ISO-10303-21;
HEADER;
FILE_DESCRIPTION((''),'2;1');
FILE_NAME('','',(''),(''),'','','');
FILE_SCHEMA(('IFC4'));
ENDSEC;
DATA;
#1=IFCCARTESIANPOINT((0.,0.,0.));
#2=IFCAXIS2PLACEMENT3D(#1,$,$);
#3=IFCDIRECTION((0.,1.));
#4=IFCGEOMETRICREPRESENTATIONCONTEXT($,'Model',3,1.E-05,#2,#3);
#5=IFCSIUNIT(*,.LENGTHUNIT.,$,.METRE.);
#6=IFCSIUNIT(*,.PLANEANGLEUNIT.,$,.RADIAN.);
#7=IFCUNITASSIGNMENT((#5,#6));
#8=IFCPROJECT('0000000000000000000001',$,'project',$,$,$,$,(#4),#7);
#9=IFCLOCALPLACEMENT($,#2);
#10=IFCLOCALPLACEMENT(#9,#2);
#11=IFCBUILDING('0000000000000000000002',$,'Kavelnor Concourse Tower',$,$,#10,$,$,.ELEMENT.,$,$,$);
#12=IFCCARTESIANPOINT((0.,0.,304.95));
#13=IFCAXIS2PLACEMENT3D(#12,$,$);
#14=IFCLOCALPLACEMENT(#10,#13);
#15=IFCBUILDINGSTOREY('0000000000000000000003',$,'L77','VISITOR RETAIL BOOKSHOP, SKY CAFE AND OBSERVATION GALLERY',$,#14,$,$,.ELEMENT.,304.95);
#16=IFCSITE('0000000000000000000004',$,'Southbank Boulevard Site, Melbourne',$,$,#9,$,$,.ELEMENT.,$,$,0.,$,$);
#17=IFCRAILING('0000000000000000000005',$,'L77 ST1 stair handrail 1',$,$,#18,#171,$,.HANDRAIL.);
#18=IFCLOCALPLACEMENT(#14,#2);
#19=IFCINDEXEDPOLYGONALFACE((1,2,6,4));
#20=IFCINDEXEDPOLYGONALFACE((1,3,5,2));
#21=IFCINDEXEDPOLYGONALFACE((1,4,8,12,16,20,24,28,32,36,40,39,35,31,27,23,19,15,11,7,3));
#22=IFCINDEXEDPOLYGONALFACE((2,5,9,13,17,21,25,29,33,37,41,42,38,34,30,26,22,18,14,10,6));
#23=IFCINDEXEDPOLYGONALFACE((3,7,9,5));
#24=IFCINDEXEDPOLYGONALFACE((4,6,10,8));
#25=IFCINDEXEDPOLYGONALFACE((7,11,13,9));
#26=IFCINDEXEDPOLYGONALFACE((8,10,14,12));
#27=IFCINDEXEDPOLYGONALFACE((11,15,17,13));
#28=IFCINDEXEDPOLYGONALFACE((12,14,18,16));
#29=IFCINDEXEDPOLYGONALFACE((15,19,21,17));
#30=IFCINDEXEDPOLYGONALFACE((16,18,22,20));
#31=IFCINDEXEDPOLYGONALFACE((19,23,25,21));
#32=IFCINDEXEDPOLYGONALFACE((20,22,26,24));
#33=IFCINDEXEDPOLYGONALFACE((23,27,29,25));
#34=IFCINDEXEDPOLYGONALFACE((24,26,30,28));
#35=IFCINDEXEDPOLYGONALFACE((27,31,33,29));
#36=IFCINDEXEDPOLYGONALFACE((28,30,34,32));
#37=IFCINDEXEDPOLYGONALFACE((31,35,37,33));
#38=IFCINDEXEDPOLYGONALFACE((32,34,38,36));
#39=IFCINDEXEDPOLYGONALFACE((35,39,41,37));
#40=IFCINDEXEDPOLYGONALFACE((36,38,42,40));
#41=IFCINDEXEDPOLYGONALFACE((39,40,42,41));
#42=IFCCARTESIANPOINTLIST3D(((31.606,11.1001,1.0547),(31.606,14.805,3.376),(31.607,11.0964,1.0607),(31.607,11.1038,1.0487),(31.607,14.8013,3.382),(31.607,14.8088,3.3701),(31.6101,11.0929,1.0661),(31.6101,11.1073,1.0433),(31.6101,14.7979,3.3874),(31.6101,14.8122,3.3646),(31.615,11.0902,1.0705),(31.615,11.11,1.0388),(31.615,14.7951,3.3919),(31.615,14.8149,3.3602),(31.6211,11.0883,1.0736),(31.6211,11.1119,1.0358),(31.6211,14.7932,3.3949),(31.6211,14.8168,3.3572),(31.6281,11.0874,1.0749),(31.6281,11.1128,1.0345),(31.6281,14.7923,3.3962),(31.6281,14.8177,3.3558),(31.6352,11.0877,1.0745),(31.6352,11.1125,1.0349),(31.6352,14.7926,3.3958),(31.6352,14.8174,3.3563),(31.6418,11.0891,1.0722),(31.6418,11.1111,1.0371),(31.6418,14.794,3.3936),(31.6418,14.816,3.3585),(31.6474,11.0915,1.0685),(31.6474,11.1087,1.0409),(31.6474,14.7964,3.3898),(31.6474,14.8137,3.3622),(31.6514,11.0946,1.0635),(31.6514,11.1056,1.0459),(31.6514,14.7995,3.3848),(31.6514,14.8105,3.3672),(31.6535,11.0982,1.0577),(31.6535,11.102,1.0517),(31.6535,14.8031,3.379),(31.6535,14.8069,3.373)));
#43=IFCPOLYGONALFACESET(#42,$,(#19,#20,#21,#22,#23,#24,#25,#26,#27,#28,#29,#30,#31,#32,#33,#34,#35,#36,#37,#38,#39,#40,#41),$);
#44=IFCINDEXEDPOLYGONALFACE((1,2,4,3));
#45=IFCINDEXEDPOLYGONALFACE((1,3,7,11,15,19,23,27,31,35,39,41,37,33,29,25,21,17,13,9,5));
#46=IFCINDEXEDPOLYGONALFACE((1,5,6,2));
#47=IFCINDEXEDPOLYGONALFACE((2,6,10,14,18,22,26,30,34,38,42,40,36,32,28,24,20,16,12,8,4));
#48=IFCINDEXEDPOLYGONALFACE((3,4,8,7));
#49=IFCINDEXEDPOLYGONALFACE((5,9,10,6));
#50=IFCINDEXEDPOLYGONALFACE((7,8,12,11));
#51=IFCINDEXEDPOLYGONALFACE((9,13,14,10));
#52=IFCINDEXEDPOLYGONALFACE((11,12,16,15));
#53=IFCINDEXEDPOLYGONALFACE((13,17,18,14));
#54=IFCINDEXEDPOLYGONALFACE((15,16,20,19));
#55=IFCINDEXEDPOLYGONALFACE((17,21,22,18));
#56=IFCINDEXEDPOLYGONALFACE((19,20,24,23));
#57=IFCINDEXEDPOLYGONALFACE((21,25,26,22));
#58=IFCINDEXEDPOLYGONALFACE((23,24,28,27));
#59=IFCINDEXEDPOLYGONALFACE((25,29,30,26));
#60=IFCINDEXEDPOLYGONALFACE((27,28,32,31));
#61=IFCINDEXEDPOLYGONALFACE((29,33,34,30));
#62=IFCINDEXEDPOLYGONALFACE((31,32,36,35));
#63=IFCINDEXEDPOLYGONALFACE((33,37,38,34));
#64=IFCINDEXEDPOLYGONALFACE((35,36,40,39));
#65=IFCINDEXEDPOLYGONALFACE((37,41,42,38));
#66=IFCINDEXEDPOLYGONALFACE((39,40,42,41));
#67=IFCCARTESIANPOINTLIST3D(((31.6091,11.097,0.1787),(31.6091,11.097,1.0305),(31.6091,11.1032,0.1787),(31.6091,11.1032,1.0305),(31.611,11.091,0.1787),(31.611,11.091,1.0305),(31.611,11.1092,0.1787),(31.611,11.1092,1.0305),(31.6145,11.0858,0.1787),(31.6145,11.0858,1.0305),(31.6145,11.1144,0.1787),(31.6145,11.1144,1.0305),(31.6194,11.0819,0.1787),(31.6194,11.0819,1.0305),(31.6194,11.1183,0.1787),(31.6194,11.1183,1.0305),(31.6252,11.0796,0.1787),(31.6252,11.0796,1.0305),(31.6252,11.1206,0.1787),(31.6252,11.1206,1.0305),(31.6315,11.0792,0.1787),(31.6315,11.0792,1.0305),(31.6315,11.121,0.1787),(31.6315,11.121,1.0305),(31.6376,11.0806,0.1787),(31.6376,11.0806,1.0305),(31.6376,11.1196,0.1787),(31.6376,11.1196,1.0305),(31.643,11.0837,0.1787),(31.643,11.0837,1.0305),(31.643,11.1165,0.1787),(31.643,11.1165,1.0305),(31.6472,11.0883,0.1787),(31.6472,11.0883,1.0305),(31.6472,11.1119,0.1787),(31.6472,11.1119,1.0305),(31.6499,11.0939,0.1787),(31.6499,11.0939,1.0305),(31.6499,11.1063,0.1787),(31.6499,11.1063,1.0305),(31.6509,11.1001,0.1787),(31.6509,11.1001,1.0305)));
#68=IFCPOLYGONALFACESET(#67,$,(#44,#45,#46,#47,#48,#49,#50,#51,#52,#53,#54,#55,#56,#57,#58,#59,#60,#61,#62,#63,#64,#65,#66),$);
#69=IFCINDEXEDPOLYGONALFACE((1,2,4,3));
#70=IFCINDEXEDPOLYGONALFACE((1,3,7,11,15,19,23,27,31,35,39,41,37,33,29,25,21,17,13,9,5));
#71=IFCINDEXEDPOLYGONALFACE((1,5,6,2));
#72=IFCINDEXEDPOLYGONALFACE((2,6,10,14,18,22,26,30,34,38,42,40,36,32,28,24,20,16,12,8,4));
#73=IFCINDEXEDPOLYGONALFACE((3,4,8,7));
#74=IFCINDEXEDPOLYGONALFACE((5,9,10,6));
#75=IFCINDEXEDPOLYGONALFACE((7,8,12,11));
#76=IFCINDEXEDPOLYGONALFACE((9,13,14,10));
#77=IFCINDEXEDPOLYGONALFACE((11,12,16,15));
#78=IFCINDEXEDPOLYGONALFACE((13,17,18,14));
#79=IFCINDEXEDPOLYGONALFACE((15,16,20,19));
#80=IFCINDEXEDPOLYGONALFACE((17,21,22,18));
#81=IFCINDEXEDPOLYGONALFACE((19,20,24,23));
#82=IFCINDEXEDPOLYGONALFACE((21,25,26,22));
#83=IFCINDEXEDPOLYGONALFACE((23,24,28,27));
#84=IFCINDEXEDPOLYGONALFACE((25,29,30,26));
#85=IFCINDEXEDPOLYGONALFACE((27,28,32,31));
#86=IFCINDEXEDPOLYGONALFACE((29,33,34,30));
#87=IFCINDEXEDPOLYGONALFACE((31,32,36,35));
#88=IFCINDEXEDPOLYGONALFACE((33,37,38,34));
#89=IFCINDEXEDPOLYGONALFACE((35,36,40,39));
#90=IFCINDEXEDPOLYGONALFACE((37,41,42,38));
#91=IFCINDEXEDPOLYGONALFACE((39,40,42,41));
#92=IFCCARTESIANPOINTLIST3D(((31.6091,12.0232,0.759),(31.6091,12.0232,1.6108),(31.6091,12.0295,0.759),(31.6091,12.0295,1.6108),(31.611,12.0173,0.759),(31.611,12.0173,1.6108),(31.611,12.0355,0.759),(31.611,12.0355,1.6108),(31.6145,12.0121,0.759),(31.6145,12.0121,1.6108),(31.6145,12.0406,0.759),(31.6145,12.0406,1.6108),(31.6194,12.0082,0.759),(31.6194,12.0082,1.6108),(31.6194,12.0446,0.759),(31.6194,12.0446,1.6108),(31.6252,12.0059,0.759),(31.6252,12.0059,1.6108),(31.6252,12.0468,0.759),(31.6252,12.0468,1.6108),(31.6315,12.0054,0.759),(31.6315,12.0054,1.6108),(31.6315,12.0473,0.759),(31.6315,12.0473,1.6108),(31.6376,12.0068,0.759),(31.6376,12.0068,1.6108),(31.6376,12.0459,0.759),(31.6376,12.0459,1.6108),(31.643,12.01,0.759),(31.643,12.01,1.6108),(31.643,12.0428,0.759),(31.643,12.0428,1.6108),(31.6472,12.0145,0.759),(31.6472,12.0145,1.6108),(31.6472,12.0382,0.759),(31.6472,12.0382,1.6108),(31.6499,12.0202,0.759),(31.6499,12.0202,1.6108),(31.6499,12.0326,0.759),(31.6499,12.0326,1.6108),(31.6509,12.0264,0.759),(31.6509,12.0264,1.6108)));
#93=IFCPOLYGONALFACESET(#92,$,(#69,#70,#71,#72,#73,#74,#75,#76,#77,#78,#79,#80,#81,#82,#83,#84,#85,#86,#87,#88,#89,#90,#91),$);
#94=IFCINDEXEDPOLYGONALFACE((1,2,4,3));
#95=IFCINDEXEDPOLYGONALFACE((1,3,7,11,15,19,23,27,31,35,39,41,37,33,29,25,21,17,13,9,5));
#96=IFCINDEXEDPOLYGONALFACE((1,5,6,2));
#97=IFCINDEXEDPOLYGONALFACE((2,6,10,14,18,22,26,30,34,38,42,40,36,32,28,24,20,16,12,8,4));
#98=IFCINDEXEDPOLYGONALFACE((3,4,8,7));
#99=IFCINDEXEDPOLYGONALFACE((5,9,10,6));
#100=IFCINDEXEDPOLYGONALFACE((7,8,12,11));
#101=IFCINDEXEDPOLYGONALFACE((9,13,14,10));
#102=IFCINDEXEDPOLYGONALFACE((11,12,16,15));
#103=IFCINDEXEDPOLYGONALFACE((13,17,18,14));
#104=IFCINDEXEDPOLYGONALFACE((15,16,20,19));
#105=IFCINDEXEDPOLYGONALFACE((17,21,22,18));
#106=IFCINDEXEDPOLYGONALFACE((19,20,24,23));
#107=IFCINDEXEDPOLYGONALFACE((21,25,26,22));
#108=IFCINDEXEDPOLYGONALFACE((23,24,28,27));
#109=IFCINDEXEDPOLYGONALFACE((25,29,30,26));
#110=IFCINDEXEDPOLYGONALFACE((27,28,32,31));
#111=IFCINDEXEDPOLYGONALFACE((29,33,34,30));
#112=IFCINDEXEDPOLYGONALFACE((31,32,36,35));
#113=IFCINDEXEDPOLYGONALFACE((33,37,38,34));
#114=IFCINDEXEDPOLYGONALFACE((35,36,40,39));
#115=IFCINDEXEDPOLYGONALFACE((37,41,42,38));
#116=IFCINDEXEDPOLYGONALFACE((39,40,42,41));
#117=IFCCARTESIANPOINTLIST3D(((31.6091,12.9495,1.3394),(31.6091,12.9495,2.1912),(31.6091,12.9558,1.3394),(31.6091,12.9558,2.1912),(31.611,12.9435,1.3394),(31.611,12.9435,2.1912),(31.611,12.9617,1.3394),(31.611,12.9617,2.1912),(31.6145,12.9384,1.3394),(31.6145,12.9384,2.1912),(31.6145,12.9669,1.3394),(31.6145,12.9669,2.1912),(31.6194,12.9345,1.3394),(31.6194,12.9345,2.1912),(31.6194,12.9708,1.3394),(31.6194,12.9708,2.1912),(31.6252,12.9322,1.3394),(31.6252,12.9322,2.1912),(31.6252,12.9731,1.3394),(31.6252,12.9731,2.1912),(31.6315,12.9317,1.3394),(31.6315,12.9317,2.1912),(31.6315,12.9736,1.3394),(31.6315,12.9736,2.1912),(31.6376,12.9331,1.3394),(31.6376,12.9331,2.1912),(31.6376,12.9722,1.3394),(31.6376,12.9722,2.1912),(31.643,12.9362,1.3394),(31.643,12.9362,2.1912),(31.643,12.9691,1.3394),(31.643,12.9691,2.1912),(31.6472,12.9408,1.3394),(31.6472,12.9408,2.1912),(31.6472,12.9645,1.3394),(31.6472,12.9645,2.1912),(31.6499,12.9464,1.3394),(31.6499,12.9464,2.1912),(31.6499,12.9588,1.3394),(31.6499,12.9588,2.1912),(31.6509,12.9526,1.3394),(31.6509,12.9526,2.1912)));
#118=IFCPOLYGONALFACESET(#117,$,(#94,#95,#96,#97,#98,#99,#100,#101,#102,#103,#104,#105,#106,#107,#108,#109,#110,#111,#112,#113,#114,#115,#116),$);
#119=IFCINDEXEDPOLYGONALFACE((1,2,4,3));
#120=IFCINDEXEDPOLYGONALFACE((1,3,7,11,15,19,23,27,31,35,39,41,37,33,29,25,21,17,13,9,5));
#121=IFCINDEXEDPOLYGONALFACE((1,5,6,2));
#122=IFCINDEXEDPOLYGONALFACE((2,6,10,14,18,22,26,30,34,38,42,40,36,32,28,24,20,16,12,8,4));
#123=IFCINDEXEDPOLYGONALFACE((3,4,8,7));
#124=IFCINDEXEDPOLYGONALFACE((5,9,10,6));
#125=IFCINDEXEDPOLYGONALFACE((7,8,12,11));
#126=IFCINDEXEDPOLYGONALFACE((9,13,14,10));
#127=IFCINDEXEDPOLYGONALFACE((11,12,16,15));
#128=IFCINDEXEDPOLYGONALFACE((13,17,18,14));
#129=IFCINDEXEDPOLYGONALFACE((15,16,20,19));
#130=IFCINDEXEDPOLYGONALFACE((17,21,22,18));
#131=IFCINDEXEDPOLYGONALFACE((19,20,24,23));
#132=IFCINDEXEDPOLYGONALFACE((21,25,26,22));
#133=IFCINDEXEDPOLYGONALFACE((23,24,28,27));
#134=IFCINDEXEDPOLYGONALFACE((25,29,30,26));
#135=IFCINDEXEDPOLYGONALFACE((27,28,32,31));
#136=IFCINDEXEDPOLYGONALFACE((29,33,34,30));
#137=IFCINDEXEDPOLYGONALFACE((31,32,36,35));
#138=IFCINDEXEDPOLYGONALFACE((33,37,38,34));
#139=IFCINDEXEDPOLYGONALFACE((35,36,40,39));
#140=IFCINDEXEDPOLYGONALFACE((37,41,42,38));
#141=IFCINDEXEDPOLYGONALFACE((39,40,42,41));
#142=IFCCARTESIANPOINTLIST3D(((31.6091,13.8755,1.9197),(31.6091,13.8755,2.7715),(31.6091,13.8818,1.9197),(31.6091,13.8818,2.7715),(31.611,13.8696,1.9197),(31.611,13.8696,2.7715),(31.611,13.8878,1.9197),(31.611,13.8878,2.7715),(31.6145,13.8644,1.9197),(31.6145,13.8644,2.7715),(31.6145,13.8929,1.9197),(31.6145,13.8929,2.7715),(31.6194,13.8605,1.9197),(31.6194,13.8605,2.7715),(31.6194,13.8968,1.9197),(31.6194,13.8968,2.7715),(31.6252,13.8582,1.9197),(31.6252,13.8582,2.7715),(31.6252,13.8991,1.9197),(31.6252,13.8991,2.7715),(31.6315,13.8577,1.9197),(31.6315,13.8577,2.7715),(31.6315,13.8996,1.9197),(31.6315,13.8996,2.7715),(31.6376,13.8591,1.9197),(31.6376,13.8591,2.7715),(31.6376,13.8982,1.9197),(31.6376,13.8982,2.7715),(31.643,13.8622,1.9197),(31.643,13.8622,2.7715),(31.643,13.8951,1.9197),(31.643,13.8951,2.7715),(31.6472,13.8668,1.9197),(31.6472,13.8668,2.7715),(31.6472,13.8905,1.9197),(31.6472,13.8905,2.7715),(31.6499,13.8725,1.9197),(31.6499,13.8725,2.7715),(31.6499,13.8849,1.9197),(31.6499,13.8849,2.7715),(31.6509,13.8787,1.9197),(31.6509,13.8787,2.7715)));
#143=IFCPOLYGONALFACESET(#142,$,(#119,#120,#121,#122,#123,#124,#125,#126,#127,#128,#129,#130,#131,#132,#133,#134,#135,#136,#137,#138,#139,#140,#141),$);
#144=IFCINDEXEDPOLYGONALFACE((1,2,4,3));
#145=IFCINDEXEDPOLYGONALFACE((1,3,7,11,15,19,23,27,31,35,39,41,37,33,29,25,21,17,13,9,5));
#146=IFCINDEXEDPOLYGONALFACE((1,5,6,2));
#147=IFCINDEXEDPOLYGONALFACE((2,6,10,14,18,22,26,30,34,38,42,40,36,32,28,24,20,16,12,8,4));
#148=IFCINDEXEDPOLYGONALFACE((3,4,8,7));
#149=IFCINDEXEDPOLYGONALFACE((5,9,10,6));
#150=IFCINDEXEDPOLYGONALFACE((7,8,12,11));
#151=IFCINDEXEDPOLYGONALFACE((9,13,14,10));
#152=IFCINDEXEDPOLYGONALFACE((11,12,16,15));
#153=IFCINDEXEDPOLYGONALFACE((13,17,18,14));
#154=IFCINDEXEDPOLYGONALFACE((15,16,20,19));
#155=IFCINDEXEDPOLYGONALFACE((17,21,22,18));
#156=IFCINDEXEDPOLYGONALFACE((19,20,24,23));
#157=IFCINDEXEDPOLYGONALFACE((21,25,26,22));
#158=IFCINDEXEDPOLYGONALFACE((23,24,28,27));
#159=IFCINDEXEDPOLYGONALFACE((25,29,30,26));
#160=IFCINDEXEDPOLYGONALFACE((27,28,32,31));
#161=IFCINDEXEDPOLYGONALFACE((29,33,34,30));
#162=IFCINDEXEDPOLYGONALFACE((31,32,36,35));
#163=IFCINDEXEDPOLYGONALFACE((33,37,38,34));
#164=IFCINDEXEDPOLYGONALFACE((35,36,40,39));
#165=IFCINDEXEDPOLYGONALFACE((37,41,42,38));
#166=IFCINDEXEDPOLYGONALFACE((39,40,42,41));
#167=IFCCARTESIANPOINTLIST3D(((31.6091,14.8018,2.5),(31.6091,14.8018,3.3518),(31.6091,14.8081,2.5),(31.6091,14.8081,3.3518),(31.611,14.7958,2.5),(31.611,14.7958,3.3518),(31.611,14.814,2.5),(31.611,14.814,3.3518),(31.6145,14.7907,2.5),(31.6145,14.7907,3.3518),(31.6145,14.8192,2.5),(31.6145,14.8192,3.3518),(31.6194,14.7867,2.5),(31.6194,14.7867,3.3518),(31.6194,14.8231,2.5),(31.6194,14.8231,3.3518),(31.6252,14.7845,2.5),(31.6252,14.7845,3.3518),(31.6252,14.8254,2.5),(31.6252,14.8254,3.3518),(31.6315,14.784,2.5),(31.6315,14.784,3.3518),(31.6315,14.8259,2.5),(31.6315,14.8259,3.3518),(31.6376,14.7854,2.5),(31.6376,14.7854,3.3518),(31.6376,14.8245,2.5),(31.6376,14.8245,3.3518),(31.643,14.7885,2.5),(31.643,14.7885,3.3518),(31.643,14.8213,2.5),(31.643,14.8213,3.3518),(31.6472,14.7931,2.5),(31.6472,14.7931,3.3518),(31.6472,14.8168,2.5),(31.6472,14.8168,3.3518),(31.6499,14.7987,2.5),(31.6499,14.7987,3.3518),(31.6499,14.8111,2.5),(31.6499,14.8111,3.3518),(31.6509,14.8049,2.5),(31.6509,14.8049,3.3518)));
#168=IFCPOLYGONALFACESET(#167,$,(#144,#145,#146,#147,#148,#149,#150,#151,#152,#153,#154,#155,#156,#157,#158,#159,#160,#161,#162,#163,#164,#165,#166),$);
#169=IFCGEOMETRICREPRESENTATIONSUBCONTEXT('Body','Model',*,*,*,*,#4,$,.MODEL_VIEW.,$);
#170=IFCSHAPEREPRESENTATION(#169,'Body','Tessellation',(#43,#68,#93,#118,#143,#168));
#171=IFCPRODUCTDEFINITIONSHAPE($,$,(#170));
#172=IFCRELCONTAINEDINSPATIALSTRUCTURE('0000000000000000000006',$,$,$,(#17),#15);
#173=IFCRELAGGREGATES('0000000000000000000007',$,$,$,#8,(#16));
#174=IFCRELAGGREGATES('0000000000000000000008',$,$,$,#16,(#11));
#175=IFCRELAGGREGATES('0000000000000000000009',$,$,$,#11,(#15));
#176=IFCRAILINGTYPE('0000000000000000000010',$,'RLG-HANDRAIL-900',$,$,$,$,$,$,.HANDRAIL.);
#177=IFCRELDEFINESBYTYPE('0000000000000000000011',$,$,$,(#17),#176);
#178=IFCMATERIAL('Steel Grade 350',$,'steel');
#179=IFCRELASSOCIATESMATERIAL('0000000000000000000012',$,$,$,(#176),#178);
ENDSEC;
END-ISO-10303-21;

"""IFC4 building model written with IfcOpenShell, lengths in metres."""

from ifc_helpers import new_model, si_unit, direction, frame, origin, origin_2d, place, context, subcontext, project, spatial, circle, extrude, material, type_object, element, save


model = new_model("IFC4")

# Units and contexts
model_context = context("Model", 3, precision=1e-05, world=origin(), true_north=direction((0.0, 1.0)))
body_context = subcontext(model_context, "Body", "Model", "MODEL_VIEW")
ifc_project = project(units=[si_unit("LENGTHUNIT", "METRE"), si_unit("PLANEANGLEUNIT", "RADIAN")], contexts=[model_context])

# Site, building, storey
site_placement = place(None, origin())
site = spatial("IfcSite", under=ifc_project, at=site_placement, Name="Southbank Boulevard Site, Melbourne", CompositionType="ELEMENT", RefElevation=0.0)
building_placement = place(site_placement, origin())
building = spatial("IfcBuilding", under=site, at=building_placement, Name="Kavelnor Concourse Tower", CompositionType="ELEMENT")
storey_placement = place(building_placement, frame((0.0, 0.0, 304.95)))
storey = spatial("IfcBuildingStorey", under=building, at=storey_placement, Name="L77", Description="VISITOR RETAIL BOOKSHOP, SKY CAFE AND OBSERVATION GALLERY", CompositionType="ELEMENT", Elevation=304.95)

# Shared definitions
ifc_material_1 = material(Name="Steel Grade 350", Category="steel")

# Railing
railing_type_1 = type_object("IfcRailingType", Name="RLG-HANDRAIL-900", PredefinedType="HANDRAIL", material=ifc_material_1)
railing_1_placement = place(storey_placement, frame((31.6299, 11.1001, 0.1787)))
element("IfcRailing", 1, at=railing_1_placement, inside=storey, type_object=railing_type_1, Name="L77 ST1 stair handrail 1", PredefinedType="HANDRAIL", context=body_context, shape_type="SweptSolid", body=[
    extrude(circle(Radius=0.0239, at=origin_2d()), frame((0.0, 0.0, 0.876), z_axis=(0.0, 0.847405, 0.530947), x_axis=(-1.0, 0.0, 0.0)), (0.0, 0.0, 1.0), 4.3721),
    extrude(circle(Radius=0.021, at=origin_2d()), origin(), (0.0, 0.0, 1.0), 0.8518),
    extrude(circle(Radius=0.021, at=origin_2d()), frame((0.0, 0.9263, 0.5803)), (0.0, 0.0, 1.0), 0.8518),
    extrude(circle(Radius=0.021, at=origin_2d()), frame((0.0, 1.8525, 1.1606)), (0.0, 0.0, 1.0), 0.8518),
    extrude(circle(Radius=0.021, at=origin_2d()), frame((0.0, 2.7786, 1.741)), (0.0, 0.0, 1.0), 0.8518),
    extrude(circle(Radius=0.021, at=origin_2d()), frame((0.0, 3.7048, 2.3213)), (0.0, 0.0, 1.0), 0.8518),
])

save(model, "model.ifc")
